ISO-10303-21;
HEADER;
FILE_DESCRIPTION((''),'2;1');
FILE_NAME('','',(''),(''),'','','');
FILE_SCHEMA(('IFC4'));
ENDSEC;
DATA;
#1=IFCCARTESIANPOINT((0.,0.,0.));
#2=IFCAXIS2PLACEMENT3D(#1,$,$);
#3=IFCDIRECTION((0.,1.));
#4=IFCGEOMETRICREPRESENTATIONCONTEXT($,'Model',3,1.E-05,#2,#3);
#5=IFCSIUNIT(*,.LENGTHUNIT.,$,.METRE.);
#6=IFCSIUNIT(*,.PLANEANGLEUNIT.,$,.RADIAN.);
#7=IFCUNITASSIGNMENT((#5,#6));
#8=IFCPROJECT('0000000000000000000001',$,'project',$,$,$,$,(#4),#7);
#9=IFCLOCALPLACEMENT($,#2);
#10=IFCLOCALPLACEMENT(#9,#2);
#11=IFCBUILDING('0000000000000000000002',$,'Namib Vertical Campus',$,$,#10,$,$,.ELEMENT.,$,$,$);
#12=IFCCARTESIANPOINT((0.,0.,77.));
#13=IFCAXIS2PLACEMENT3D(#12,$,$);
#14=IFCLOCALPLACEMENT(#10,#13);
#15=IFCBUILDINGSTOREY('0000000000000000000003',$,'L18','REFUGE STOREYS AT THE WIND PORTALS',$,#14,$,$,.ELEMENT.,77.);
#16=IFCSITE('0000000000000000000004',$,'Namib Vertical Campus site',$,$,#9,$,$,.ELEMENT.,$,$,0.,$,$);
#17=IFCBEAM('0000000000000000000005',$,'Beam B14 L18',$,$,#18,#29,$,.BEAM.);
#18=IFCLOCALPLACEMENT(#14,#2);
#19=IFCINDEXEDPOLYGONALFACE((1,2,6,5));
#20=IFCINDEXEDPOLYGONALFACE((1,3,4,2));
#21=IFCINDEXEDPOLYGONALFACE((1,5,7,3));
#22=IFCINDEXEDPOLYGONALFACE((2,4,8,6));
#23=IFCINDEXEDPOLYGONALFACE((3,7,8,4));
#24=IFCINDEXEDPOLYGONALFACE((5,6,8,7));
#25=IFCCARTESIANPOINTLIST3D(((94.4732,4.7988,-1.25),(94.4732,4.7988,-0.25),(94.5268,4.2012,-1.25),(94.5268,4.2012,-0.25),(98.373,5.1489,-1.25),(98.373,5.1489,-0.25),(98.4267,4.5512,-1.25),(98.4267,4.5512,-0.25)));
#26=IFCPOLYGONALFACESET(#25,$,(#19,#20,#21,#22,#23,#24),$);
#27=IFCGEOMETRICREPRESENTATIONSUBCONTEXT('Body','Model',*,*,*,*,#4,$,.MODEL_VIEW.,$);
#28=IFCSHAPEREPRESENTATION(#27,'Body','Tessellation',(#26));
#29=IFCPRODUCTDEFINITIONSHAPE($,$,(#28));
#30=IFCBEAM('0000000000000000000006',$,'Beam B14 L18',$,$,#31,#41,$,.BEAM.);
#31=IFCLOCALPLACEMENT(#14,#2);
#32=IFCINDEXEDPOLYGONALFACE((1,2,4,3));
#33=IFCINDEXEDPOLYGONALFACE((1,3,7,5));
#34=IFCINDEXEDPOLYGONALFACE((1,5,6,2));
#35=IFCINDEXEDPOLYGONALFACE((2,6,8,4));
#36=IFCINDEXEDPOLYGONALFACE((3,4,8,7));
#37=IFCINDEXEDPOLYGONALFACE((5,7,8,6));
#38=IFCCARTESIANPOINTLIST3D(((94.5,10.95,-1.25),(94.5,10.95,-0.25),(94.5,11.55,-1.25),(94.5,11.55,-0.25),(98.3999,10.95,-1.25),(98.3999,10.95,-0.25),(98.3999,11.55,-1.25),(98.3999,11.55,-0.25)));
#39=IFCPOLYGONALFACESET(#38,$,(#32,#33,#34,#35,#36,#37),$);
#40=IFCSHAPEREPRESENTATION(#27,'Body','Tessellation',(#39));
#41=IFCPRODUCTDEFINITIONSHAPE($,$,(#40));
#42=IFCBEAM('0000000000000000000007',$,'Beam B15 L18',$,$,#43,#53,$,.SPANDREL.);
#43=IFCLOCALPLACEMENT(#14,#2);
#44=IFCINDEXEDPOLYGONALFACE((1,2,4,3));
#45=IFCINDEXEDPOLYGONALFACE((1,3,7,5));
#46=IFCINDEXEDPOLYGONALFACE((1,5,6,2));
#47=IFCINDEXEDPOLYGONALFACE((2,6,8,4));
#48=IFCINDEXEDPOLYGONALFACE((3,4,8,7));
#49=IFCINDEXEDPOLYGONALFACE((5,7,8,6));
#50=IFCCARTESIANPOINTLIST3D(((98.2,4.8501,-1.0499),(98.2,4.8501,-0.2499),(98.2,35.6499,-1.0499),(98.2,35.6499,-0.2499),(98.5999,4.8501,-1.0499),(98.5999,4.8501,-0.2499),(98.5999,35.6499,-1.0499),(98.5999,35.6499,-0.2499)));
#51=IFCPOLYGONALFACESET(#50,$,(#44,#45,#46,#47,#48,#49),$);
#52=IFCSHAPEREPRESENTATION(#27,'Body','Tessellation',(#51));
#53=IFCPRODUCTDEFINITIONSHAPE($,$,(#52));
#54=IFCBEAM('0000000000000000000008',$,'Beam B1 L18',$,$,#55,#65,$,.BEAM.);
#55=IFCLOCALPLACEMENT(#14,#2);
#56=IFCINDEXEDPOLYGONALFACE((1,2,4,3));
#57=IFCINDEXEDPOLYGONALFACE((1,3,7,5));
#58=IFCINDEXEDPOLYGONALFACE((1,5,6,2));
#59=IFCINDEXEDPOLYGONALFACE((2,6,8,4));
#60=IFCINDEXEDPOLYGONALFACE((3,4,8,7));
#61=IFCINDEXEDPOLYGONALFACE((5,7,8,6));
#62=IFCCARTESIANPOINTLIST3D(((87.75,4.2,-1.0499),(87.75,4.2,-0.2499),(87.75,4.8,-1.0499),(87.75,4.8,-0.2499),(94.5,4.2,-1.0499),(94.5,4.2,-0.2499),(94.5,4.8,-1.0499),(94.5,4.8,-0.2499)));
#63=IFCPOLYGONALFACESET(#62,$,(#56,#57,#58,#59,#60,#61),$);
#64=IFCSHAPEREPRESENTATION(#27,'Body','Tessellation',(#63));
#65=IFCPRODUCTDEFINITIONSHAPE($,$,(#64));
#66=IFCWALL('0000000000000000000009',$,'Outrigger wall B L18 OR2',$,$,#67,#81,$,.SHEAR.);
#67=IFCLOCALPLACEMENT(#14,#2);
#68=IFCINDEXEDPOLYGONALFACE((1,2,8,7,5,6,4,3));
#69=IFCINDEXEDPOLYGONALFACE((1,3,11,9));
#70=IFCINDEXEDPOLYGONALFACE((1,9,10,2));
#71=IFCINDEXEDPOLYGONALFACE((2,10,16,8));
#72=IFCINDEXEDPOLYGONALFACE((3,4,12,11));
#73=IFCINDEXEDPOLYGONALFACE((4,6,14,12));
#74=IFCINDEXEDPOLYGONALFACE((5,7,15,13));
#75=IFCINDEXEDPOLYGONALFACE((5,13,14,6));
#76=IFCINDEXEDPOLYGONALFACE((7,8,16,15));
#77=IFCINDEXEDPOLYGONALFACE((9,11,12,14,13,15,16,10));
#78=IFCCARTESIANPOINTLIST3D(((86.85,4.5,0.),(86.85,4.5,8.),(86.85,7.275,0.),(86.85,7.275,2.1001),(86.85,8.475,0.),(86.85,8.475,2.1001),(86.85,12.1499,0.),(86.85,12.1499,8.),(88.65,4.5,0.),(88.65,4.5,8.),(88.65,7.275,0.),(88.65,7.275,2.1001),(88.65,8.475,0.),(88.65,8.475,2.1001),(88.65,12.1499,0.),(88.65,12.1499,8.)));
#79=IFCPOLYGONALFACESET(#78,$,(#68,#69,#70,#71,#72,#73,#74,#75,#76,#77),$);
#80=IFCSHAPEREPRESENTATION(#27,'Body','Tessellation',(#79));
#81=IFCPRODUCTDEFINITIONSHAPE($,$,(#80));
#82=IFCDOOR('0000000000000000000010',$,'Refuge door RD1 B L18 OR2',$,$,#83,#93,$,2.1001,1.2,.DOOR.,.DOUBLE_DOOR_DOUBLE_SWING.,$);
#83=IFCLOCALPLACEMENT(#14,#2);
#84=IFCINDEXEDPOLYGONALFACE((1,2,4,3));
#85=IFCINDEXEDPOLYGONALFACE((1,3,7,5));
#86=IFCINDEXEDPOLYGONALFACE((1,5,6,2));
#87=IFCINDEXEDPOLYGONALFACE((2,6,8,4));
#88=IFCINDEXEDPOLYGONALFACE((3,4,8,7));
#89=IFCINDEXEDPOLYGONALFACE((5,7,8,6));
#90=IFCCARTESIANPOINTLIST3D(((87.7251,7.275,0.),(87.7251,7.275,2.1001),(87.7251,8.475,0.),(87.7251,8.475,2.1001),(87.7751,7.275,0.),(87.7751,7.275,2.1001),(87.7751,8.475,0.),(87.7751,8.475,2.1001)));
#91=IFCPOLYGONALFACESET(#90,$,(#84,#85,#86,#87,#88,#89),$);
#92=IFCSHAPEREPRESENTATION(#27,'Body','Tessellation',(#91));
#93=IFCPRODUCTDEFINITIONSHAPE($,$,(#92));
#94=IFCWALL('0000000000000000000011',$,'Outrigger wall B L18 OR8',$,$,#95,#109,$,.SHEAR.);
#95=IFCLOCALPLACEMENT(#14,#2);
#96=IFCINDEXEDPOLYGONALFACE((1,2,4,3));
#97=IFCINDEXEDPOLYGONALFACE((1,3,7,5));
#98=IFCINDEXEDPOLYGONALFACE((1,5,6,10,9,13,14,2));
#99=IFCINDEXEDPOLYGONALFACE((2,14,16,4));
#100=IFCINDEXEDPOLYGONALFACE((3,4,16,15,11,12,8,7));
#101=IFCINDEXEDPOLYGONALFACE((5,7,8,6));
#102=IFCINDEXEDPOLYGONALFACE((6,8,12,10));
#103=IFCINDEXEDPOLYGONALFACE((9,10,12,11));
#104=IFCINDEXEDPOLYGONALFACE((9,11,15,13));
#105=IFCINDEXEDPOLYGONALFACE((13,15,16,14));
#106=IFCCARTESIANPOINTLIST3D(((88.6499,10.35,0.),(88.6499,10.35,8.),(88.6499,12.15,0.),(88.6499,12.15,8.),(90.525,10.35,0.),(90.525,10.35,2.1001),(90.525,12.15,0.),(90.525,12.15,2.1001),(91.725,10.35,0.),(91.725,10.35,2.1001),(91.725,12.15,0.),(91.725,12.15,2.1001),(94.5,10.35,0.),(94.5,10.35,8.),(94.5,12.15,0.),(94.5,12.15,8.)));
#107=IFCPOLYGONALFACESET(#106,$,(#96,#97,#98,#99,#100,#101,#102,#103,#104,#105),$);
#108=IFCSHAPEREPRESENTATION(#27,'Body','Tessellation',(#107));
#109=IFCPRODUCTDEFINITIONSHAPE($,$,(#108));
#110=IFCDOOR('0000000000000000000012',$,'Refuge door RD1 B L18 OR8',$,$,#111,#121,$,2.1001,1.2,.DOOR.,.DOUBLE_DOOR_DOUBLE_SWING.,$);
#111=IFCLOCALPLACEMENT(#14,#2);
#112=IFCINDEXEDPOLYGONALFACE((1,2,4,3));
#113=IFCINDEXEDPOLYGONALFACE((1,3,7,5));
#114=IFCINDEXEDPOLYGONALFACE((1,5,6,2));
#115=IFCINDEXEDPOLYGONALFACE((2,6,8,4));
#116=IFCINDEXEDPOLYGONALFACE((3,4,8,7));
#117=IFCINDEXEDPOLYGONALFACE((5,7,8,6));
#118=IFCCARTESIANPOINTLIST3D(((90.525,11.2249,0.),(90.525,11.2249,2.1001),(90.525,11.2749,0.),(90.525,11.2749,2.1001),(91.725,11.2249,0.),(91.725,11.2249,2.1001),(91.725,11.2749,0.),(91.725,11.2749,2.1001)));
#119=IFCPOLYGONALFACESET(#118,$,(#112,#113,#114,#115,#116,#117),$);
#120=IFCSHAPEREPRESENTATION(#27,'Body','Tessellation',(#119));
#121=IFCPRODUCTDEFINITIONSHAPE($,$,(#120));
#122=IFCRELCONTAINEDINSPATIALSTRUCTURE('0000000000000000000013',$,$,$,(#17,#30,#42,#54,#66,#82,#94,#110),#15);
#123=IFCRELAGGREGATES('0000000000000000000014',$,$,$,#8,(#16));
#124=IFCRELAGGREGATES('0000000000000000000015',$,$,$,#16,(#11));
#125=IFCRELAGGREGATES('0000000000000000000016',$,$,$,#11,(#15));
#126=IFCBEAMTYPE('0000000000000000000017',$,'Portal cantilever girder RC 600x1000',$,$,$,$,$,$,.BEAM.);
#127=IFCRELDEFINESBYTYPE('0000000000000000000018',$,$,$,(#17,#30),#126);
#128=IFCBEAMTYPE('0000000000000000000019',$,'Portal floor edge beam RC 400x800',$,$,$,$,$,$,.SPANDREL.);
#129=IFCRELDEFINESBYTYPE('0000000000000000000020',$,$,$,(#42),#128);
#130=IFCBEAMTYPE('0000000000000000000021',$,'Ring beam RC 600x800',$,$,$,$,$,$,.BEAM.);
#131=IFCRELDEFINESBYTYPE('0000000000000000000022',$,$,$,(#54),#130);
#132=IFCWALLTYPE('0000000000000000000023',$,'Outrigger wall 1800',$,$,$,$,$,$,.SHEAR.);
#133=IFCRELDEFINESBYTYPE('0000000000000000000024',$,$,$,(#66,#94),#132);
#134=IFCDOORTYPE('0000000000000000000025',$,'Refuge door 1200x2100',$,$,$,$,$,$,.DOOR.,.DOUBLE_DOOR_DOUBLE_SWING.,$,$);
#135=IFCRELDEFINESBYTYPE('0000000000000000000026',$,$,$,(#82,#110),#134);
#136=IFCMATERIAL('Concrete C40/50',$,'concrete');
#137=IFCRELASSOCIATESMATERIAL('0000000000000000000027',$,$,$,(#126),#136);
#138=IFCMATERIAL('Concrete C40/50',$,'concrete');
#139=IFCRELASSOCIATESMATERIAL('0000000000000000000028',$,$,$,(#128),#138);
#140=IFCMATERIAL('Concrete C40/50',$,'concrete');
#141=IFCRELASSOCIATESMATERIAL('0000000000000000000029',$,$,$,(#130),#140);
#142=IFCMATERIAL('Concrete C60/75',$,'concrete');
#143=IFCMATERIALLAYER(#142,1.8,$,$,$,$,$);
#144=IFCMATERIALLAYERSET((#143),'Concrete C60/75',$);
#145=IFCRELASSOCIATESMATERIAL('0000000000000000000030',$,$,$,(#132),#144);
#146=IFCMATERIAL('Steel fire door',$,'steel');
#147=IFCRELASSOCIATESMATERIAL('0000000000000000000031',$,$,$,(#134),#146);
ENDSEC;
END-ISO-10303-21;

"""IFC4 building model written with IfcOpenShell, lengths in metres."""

from ifc_helpers import new_model, si_unit, direction, frame, frame_2d, origin, origin_2d, place, context, subcontext, project, spatial, rectangle, extrude, material, layer, layer_set, material_profile, profile_set, type_object, element, fill, save


model = new_model("IFC4")

# Units and contexts
model_context = context("Model", 3, precision=1e-05, world=origin(), true_north=direction((0.0, 1.0)))
body_context = subcontext(model_context, "Body", "Model", "MODEL_VIEW")
ifc_project = project(units=[si_unit("LENGTHUNIT", "METRE"), si_unit("PLANEANGLEUNIT", "RADIAN")], contexts=[model_context])

# Site, building, storey
site_placement = place(None, origin())
site = spatial("IfcSite", under=ifc_project, at=site_placement, Name="Namib Vertical Campus site", CompositionType="ELEMENT", RefElevation=0.0)
building_placement = place(site_placement, origin())
building = spatial("IfcBuilding", under=site, at=building_placement, Name="Namib Vertical Campus", CompositionType="ELEMENT")
storey_placement = place(building_placement, frame((0.0, 0.0, 77.0)))
storey = spatial("IfcBuildingStorey", under=building, at=storey_placement, Name="L18", Description="REFUGE STOREYS AT THE WIND PORTALS", CompositionType="ELEMENT", Elevation=77.0)

# Beams
ifc_material_1 = material(Name="Concrete C40/50", Category="concrete")
ifc_material_profile_1 = material_profile(ifc_material_1, rectangle(XDim=0.6001, YDim=1.0, at=origin_2d()))
ifc_profile_set_1 = profile_set([ifc_material_profile_1], Name="Concrete C40/50")
beam_type_1 = type_object("IfcBeamType", Name="Portal cantilever girder RC 600x1000", PredefinedType="BEAM", material=ifc_profile_set_1)
for number, where, z_axis, x_axis, name in (
    (1, (94.5, 4.5, -0.75), (0.995995, 0.089411, 0.0), (-0.089411, 0.995995, 0.0), "Beam B14 L18"),
):
    element("IfcBeam", number, at=place(storey_placement, frame(where, z_axis=z_axis, x_axis=x_axis)), inside=storey, type_object=beam_type_1, Name=name, PredefinedType="BEAM", context=body_context, shape_type="SweptSolid", body=[
        extrude(rectangle(XDim=0.6001, YDim=1.0, at=origin_2d()), origin(), (0.0, 0.0, 1.0), 3.9155),
    ])
beam_1_placement = place(storey_placement, frame((94.5, 11.25, -0.75), z_axis=(1.0, 0.0, 0.0), x_axis=(0.0, 1.0, 0.0)))
element("IfcBeam", 2, at=beam_1_placement, inside=storey, type_object=beam_type_1, Name="Beam B14 L18", PredefinedType="BEAM", context=body_context, shape_type="SweptSolid", body=[
    extrude(rectangle(XDim=0.6001, YDim=1.0, at=origin_2d()), origin(), (0.0, 0.0, 1.0), 3.8999),
])
ifc_material_2 = material(Name="Concrete C40/50", Category="concrete")
ifc_material_profile_2 = material_profile(ifc_material_2, rectangle(XDim=0.3999, YDim=0.8, at=origin_2d()))
ifc_profile_set_2 = profile_set([ifc_material_profile_2], Name="Concrete C40/50")
beam_type_2 = type_object("IfcBeamType", Name="Portal floor edge beam RC 400x800", PredefinedType="SPANDREL", material=ifc_profile_set_2)
beam_2_placement = place(storey_placement, frame((98.3999, 4.8501, -0.6499), z_axis=(0.0, 1.0, 0.0), x_axis=(-1.0, 0.0, 0.0)))
element("IfcBeam", 3, at=beam_2_placement, inside=storey, type_object=beam_type_2, Name="Beam B15 L18", PredefinedType="SPANDREL", context=body_context, shape_type="SweptSolid", body=[
    extrude(rectangle(XDim=0.3999, YDim=0.8, at=origin_2d()), origin(), (0.0, 0.0, 1.0), 30.7998),
])
ifc_material_3 = material(Name="Concrete C40/50", Category="concrete")
ifc_material_profile_3 = material_profile(ifc_material_3, rectangle(XDim=0.6001, YDim=0.8, at=origin_2d()))
ifc_profile_set_3 = profile_set([ifc_material_profile_3], Name="Concrete C40/50")
beam_type_3 = type_object("IfcBeamType", Name="Ring beam RC 600x800", PredefinedType="BEAM", material=ifc_profile_set_3)
beam_3_placement = place(storey_placement, frame((87.75, 4.5, -0.6499), z_axis=(1.0, 0.0, 0.0), x_axis=(0.0, 1.0, 0.0)))
element("IfcBeam", 4, at=beam_3_placement, inside=storey, type_object=beam_type_3, Name="Beam B1 L18", PredefinedType="BEAM", context=body_context, shape_type="SweptSolid", body=[
    extrude(rectangle(XDim=0.6001, YDim=0.8, at=origin_2d()), origin(), (0.0, 0.0, 1.0), 6.75),
])

# Walls, openings, doors
ifc_material_4 = material(Name="Concrete C60/75", Category="concrete")
ifc_layer = layer(ifc_material_4, 1.8)
ifc_layer_set = layer_set([ifc_layer], Name="Concrete C60/75")
wall_type = type_object("IfcWallType", Name="Outrigger wall 1800", PredefinedType="SHEAR", material=ifc_layer_set)
wall_1_placement = place(storey_placement, frame((87.75, 4.5, 0.0), z_axis=(0.0, 0.0, 1.0), x_axis=(0.0, 1.0, 0.0)))
wall_1 = element("IfcWall", 5, at=wall_1_placement, inside=storey, type_object=wall_type, Name="Outrigger wall B L18 OR2", PredefinedType="SHEAR", context=body_context, shape_type="SweptSolid", body=[
    extrude(rectangle(XDim=7.6499, YDim=1.8, at=frame_2d((3.825, 0.0))), origin(), (0.0, 0.0, 1.0), 8.0),
])
opening_1_placement = place(wall_1_placement, frame((2.7749, 0.0, 0.0)))
opening_1 = element("IfcOpeningElement", 6, at=opening_1_placement, cuts=wall_1, PredefinedType="OPENING", context=body_context, shape_type="SweptSolid", body=[
    extrude(rectangle(XDim=1.2, YDim=2.1001, at=frame_2d((0.6001, 1.05))), frame((0.0, 0.9099, 0.0), z_axis=(0.0, -1.0, 0.0), x_axis=(1.0, 0.0, 0.0)), (0.0, 0.0, 1.0), 1.8201),
])
ifc_material_5 = material(Name="Steel fire door", Category="steel")
door_type = type_object("IfcDoorType", Name="Refuge door 1200x2100", OperationType="DOUBLE_DOOR_DOUBLE_SWING", PredefinedType="DOOR", material=ifc_material_5)
door_1_placement = place(opening_1_placement, origin())
door_1 = element("IfcDoor", 7, at=door_1_placement, inside=storey, type_object=door_type, Name="Refuge door RD1 B L18 OR2", OperationType="DOUBLE_DOOR_DOUBLE_SWING", OverallHeight=2.1001, OverallWidth=1.2, PredefinedType="DOOR", context=body_context, shape_type="SweptSolid", body=[
    extrude(rectangle(XDim=1.2, YDim=2.1001, at=frame_2d((0.6001, 1.05))), frame((0.0, 0.0249, 0.0), z_axis=(0.0, -1.0, 0.0), x_axis=(1.0, 0.0, 0.0)), (0.0, 0.0, 1.0), 0.05),
])
fill(opening_1, door_1)
wall_2_placement = place(storey_placement, frame((88.6499, 11.25, 0.0), z_axis=(0.0, 0.0, 1.0), x_axis=(1.0, 0.0, 0.0)))
wall_2 = element("IfcWall", 8, at=wall_2_placement, inside=storey, type_object=wall_type, Name="Outrigger wall B L18 OR8", PredefinedType="SHEAR", context=body_context, shape_type="SweptSolid", body=[
    extrude(rectangle(XDim=5.8501, YDim=1.8, at=frame_2d((2.925, 0.0))), origin(), (0.0, 0.0, 1.0), 8.0),
])
opening_2_placement = place(wall_2_placement, frame((1.875, 0.0, 0.0)))
opening_2 = element("IfcOpeningElement", 9, at=opening_2_placement, cuts=wall_2, PredefinedType="OPENING", context=body_context, shape_type="SweptSolid", body=[
    extrude(rectangle(XDim=1.2, YDim=2.1001, at=frame_2d((0.6001, 1.05))), frame((0.0, 0.9099, 0.0), z_axis=(0.0, -1.0, 0.0), x_axis=(1.0, 0.0, 0.0)), (0.0, 0.0, 1.0), 1.8201),
])
door_2_placement = place(opening_2_placement, origin())
door_2 = element("IfcDoor", 10, at=door_2_placement, inside=storey, type_object=door_type, Name="Refuge door RD1 B L18 OR8", OperationType="DOUBLE_DOOR_DOUBLE_SWING", OverallHeight=2.1001, OverallWidth=1.2, PredefinedType="DOOR", context=body_context, shape_type="SweptSolid", body=[
    extrude(rectangle(XDim=1.2, YDim=2.1001, at=frame_2d((0.6001, 1.05))), frame((0.0, 0.0249, 0.0), z_axis=(0.0, -1.0, 0.0), x_axis=(1.0, 0.0, 0.0)), (0.0, 0.0, 1.0), 0.05),
])
fill(opening_2, door_2)

save(model, "model.ifc")
